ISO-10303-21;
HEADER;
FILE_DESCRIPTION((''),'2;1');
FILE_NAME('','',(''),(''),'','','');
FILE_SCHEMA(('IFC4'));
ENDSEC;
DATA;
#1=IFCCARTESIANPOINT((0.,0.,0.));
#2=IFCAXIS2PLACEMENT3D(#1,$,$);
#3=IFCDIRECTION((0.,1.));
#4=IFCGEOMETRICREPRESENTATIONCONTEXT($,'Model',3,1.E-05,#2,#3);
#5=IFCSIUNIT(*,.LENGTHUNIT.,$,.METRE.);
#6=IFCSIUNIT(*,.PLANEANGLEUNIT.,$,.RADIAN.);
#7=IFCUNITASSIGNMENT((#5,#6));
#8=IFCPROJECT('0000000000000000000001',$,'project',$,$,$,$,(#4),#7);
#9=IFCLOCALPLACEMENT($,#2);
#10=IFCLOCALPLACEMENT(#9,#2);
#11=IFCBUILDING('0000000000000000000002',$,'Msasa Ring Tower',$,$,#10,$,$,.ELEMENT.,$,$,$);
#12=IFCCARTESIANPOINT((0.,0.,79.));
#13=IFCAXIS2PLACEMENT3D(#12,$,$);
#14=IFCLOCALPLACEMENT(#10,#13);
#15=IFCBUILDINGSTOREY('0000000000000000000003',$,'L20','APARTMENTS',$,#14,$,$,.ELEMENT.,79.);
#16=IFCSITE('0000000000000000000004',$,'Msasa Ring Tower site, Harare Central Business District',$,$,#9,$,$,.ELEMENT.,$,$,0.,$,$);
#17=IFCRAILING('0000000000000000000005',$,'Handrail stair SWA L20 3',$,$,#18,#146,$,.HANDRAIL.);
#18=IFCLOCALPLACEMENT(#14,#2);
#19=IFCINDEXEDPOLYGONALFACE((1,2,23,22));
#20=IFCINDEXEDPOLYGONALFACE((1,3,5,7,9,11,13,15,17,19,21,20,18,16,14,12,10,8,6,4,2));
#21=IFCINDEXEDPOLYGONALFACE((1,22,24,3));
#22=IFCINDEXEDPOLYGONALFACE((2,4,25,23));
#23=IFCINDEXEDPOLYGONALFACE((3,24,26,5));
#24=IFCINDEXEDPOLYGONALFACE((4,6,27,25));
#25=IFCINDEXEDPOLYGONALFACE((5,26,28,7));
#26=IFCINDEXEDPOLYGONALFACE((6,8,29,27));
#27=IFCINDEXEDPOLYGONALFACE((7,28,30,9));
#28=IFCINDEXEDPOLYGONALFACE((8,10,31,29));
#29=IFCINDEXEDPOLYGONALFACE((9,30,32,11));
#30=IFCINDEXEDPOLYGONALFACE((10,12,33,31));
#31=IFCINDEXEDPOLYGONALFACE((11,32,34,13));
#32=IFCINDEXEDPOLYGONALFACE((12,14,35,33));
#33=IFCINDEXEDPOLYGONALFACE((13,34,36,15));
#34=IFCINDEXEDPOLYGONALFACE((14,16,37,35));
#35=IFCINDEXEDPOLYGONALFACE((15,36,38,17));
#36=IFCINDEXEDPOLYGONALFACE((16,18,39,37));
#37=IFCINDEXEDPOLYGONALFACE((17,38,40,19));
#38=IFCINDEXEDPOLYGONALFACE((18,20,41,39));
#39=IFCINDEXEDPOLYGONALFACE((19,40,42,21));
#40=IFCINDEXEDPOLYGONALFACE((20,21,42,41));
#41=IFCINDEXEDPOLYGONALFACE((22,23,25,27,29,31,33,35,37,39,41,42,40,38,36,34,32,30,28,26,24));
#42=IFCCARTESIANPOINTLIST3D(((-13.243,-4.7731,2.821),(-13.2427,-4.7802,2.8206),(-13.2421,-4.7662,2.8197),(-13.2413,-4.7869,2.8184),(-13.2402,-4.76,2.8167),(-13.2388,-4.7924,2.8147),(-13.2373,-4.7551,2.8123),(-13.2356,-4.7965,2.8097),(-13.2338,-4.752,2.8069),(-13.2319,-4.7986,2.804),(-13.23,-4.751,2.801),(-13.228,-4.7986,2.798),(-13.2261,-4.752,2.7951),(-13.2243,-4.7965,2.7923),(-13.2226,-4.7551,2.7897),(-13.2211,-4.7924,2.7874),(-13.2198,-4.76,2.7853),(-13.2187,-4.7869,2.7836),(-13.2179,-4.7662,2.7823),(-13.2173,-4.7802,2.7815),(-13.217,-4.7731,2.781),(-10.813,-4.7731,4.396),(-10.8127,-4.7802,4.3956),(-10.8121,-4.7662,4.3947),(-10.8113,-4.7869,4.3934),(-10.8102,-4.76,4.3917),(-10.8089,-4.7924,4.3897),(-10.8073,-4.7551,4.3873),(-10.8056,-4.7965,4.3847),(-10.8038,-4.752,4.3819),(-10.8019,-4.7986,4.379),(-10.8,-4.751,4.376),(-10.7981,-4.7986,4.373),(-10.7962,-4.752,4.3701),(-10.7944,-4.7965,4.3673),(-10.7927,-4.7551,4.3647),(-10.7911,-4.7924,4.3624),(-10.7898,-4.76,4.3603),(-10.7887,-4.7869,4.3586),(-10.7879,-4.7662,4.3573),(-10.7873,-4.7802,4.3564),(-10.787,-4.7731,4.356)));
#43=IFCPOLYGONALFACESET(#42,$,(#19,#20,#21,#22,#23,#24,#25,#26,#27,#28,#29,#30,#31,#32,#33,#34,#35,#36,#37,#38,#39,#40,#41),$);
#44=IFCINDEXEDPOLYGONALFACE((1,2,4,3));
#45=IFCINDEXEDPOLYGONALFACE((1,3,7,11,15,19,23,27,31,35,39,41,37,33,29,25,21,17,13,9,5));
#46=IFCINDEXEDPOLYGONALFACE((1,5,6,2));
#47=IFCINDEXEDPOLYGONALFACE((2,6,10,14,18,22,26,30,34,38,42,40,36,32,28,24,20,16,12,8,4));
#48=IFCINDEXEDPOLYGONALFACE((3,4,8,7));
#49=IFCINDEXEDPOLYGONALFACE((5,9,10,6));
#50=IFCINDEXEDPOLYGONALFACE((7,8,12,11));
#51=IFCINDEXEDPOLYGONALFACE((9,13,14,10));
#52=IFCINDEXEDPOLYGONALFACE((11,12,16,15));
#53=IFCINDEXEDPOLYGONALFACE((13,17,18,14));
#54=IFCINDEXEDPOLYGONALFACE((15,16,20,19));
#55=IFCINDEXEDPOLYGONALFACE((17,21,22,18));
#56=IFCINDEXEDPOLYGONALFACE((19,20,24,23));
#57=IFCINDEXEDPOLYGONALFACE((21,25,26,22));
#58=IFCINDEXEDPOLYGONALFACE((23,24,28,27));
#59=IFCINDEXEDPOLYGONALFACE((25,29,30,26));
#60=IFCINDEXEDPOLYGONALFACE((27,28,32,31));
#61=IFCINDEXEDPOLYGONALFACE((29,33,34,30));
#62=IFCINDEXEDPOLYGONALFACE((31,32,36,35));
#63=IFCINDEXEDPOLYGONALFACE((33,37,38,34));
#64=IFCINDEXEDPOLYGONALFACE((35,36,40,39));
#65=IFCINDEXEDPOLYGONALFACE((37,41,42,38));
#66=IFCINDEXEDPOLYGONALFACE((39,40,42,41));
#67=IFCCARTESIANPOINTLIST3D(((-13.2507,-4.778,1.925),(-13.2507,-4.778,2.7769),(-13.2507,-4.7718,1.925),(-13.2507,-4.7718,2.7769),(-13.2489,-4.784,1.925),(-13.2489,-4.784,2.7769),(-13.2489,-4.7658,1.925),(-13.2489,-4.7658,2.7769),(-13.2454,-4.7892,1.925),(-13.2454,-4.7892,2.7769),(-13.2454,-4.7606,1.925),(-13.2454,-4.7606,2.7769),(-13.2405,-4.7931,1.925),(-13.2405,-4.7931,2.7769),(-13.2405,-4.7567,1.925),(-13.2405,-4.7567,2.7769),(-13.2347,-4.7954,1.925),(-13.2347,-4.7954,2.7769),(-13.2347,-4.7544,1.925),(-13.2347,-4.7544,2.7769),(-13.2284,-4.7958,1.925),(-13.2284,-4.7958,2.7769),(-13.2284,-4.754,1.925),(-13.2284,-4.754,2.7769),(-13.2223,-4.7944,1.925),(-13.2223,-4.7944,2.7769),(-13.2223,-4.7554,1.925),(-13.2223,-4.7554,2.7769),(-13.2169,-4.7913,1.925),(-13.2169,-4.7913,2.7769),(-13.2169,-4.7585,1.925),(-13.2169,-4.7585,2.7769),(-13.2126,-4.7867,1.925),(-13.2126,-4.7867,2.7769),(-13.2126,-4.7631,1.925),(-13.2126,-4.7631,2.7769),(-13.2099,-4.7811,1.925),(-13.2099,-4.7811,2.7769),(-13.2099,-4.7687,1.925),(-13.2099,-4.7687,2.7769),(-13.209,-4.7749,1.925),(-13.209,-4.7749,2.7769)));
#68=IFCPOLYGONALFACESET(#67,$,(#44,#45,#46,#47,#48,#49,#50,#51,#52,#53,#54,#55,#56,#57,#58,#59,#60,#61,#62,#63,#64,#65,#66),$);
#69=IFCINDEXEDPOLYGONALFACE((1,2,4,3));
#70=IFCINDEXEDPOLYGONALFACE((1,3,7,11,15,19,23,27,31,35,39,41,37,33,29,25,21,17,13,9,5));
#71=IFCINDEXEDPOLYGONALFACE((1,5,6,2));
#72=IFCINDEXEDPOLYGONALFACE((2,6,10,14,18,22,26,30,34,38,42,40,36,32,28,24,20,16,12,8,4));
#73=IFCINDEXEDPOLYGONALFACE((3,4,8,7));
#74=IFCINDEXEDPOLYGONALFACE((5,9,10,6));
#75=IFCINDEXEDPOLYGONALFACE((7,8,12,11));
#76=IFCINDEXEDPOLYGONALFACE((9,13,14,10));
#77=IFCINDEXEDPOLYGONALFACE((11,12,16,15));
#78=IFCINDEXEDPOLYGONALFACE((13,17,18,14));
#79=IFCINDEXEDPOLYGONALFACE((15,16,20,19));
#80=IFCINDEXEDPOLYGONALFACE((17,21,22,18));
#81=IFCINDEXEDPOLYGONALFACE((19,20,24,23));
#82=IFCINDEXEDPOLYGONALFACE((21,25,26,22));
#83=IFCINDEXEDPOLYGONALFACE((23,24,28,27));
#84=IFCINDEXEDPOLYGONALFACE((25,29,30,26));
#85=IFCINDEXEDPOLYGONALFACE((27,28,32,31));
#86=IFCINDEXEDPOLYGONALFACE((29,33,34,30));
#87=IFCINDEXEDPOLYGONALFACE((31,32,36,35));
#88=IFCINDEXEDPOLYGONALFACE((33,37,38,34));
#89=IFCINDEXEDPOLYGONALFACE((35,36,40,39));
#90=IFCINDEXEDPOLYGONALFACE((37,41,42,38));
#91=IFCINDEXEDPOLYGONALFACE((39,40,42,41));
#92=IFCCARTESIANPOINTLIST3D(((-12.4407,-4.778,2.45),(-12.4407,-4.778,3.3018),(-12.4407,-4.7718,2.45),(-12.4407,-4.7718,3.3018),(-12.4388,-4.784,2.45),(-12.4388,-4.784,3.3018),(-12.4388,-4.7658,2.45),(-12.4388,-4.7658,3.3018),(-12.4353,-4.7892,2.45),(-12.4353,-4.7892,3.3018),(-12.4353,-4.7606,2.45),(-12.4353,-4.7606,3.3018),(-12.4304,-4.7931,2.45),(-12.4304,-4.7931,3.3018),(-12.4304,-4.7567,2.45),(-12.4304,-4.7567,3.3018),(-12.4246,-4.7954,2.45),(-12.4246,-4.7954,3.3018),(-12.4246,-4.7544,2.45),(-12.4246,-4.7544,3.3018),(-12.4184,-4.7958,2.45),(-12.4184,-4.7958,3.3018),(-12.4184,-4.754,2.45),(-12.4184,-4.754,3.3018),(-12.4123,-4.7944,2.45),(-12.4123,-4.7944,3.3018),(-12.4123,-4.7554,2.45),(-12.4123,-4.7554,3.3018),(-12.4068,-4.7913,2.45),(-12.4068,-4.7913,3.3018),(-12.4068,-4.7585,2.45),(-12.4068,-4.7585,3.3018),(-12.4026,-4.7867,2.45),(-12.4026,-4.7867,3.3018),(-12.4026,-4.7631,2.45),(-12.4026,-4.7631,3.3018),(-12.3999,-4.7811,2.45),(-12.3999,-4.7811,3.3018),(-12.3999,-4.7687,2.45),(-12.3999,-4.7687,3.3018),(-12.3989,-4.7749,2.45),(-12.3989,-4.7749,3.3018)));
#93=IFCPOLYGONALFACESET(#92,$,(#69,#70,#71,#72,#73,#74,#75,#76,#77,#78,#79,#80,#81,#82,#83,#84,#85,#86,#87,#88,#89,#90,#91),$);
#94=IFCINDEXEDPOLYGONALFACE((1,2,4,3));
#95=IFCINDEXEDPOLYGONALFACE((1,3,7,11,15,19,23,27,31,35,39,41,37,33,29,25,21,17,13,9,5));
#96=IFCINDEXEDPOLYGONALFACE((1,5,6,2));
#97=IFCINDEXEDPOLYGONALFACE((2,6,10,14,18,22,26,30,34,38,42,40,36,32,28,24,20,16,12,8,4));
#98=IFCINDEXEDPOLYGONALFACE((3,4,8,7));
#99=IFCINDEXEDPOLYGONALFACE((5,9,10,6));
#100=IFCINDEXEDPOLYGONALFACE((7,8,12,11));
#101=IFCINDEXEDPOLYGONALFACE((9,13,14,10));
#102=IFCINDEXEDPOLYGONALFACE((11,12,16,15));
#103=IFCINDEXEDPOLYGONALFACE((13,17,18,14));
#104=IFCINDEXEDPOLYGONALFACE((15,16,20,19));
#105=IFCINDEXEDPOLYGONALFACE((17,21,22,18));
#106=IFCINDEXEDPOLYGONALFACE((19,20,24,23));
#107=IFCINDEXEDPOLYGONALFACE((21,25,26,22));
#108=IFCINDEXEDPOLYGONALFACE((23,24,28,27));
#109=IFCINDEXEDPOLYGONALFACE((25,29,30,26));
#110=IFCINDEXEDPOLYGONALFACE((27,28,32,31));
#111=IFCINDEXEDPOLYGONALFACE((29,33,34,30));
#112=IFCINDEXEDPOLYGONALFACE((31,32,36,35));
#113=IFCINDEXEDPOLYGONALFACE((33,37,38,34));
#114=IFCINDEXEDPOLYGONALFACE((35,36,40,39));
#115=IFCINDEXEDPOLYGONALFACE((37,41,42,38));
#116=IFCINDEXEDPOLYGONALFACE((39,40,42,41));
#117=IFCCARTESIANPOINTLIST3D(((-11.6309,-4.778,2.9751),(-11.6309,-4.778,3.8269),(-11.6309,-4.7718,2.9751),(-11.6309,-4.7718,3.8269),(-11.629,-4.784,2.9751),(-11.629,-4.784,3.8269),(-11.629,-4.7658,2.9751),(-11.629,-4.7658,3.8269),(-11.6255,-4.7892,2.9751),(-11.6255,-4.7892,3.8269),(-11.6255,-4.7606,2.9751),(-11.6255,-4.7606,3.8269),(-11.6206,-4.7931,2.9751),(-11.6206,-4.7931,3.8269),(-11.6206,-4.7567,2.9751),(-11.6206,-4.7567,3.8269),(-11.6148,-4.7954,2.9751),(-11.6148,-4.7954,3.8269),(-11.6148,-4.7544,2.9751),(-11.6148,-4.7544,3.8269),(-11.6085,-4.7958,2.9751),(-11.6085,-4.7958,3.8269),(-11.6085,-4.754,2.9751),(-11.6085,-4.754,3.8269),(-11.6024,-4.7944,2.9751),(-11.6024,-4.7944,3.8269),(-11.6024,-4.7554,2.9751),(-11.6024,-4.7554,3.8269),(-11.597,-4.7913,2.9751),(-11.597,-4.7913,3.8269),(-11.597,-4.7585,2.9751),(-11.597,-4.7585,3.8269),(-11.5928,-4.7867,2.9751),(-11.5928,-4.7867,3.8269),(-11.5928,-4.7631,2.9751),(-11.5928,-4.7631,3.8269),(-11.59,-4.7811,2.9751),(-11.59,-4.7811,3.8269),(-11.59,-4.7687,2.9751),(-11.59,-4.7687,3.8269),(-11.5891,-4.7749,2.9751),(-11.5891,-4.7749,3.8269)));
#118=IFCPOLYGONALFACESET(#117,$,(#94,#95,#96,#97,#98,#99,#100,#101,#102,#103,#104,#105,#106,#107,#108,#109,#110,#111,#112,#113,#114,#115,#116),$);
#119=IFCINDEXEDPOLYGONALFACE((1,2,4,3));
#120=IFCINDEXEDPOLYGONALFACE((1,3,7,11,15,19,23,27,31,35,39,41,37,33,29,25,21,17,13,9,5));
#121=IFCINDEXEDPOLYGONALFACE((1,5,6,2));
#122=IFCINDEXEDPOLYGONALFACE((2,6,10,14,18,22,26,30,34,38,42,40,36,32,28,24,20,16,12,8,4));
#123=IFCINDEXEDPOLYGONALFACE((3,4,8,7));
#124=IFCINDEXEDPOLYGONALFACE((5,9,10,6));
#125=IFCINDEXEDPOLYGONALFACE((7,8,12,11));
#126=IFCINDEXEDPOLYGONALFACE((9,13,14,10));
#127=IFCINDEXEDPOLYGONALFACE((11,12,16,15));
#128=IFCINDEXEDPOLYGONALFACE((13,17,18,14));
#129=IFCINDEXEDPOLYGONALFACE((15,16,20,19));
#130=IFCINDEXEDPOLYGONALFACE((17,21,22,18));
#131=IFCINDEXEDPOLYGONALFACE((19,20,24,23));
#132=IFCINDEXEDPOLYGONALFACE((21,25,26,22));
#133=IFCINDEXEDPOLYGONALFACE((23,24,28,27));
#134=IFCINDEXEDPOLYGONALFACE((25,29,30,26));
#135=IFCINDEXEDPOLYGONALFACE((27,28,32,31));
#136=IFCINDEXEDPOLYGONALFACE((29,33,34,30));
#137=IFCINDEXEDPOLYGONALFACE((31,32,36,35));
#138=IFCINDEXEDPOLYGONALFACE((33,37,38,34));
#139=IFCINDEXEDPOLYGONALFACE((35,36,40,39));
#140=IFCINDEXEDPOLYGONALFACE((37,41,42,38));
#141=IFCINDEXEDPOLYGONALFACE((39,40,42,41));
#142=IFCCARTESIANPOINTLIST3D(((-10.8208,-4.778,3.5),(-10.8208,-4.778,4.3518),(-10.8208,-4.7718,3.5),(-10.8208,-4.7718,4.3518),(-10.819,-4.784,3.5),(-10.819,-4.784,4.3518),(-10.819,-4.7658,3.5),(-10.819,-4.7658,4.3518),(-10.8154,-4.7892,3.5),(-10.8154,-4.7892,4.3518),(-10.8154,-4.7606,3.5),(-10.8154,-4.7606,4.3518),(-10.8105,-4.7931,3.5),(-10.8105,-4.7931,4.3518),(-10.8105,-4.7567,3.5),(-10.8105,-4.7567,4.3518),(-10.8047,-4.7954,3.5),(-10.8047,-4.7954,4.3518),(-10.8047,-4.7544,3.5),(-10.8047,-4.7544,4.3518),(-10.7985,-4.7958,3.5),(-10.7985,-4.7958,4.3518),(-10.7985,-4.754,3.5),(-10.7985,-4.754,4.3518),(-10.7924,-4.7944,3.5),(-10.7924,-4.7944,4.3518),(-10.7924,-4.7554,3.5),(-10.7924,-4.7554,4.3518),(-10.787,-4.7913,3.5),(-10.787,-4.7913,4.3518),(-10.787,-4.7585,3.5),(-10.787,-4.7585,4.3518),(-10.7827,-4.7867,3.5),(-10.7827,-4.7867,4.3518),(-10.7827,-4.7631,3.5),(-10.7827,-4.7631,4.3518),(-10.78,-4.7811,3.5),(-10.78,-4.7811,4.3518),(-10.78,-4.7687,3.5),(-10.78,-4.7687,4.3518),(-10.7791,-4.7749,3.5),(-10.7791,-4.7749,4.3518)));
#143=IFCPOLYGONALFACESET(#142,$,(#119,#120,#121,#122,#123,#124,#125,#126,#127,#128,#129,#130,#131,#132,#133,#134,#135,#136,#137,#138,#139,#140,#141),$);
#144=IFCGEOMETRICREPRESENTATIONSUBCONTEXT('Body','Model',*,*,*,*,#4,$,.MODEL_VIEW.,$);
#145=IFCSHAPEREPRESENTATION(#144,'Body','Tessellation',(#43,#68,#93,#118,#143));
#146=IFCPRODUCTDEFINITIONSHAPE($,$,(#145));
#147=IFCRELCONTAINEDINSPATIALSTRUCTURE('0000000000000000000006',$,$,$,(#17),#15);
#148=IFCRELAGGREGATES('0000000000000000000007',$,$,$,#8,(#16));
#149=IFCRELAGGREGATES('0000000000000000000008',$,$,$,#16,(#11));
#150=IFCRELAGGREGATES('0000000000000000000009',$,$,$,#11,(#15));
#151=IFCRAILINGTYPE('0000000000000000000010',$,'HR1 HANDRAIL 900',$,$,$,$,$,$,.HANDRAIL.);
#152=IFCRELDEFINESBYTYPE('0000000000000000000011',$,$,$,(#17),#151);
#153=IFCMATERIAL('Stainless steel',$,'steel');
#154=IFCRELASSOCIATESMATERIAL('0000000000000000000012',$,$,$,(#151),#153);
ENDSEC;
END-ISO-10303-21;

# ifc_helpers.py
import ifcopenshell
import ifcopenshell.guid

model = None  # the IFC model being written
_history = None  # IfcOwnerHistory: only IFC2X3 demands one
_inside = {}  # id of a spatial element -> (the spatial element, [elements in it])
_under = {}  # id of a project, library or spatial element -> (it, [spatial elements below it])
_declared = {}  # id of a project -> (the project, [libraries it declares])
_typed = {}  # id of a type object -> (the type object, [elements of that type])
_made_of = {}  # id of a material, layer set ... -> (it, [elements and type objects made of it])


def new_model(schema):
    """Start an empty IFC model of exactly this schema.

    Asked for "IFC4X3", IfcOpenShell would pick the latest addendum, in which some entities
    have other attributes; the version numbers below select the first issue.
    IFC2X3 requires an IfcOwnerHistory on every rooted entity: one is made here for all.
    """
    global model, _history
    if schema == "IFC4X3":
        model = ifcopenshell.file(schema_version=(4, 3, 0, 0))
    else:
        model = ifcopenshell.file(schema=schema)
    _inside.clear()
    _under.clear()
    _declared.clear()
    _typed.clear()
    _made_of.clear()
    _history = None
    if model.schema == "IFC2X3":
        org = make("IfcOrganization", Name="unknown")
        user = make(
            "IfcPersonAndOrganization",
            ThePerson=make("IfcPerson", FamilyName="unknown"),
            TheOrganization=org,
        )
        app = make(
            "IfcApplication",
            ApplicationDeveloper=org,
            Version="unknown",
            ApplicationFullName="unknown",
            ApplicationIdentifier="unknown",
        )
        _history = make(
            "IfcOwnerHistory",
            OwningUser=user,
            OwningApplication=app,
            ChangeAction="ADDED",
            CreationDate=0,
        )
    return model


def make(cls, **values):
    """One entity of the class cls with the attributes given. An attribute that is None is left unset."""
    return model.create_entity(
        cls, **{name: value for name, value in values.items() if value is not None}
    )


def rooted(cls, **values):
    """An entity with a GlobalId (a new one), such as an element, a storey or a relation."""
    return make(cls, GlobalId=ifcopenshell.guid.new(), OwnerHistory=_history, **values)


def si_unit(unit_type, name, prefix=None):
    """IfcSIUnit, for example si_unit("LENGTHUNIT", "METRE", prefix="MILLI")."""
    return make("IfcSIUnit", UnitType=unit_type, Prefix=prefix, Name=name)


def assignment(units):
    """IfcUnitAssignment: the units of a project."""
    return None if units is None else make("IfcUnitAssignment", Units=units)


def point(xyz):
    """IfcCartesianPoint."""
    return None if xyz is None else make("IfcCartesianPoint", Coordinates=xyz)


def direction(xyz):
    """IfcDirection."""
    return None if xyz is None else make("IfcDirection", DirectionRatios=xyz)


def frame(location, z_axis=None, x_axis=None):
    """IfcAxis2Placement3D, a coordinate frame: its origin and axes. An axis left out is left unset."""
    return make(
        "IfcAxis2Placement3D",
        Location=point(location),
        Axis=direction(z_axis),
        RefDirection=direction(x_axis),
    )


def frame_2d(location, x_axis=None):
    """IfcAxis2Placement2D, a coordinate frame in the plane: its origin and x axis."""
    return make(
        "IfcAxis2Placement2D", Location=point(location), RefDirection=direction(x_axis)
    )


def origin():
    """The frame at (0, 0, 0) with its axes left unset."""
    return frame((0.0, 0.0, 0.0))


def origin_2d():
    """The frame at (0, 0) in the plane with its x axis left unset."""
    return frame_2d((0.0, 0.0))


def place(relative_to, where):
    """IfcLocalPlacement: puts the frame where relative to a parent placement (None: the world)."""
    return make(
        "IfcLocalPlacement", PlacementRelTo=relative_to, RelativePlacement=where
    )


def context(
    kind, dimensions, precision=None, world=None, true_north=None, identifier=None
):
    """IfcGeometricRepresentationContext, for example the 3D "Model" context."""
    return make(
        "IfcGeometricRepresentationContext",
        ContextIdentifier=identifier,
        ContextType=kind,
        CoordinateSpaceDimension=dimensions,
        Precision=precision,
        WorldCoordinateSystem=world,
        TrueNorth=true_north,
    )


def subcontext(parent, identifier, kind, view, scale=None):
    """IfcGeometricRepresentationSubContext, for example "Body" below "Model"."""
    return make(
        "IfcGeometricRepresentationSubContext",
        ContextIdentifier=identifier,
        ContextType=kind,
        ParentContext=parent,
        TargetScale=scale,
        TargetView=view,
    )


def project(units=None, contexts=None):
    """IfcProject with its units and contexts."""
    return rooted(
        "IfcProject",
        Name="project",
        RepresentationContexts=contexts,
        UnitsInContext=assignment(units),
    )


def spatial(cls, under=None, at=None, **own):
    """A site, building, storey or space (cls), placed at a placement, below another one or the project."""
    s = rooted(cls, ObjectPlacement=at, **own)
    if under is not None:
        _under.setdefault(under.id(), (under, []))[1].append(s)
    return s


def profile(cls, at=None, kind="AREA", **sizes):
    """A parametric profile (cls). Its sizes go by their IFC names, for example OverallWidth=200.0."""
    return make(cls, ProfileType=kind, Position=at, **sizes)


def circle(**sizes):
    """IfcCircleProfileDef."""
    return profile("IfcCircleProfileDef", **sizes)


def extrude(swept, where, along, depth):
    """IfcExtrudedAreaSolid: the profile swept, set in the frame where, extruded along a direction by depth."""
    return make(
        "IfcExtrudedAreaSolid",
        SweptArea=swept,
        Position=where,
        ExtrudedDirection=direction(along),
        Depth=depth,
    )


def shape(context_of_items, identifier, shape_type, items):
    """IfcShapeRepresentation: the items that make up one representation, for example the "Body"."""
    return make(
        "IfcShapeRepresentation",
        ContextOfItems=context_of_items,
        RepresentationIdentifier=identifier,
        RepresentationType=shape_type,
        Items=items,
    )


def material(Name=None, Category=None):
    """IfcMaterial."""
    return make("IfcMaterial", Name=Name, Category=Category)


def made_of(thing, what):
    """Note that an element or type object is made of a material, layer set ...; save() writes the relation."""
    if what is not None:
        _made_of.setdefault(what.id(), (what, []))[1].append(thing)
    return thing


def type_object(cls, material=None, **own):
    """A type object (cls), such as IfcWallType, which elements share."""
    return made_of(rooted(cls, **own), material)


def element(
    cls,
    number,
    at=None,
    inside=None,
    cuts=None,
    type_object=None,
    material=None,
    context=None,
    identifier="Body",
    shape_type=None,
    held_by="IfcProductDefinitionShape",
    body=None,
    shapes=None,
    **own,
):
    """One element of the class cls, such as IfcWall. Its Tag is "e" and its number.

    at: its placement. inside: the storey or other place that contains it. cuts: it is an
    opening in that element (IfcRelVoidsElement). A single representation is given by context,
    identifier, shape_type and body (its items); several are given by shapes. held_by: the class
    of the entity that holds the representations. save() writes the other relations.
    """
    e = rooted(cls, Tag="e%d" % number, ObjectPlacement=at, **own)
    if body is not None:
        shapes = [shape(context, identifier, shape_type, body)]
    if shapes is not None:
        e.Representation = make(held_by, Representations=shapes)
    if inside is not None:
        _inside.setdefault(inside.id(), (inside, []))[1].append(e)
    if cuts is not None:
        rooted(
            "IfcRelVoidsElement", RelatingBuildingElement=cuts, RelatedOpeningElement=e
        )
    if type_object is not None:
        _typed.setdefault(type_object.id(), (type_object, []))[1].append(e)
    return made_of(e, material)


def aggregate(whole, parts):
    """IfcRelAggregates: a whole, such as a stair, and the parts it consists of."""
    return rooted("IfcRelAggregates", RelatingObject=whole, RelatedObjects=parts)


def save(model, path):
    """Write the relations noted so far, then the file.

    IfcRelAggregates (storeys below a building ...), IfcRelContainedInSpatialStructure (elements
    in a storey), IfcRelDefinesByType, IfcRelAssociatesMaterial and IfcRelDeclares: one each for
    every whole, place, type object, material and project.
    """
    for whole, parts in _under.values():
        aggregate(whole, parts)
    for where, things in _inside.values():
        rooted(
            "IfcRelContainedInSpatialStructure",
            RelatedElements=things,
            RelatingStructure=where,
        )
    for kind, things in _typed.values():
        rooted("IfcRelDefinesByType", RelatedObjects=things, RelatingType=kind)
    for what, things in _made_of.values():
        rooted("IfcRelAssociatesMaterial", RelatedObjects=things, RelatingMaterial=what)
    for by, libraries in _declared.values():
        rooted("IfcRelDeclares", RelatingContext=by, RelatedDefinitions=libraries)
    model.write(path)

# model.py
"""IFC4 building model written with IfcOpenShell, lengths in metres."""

from ifc_helpers import new_model, si_unit, direction, frame, origin, origin_2d, place, context, subcontext, project, spatial, circle, extrude, material, type_object, element, save


model = new_model("IFC4")

# Units and contexts
model_context = context("Model", 3, precision=1e-05, world=origin(), true_north=direction((0.0, 1.0)))
body_context = subcontext(model_context, "Body", "Model", "MODEL_VIEW")
ifc_project = project(units=[si_unit("LENGTHUNIT", "METRE"), si_unit("PLANEANGLEUNIT", "RADIAN")], contexts=[model_context])

# Site, building, storey
site_placement = place(None, origin())
site = spatial("IfcSite", under=ifc_project, at=site_placement, Name="Msasa Ring Tower site, Harare Central Business District", CompositionType="ELEMENT", RefElevation=0.0)
building_placement = place(site_placement, origin())
building = spatial("IfcBuilding", under=site, at=building_placement, Name="Msasa Ring Tower", CompositionType="ELEMENT")
storey_placement = place(building_placement, frame((0.0, 0.0, 79.0)))
storey = spatial("IfcBuildingStorey", under=building, at=storey_placement, Name="L20", Description="APARTMENTS", CompositionType="ELEMENT", Elevation=79.0)

# Railing
ifc_material_1 = material(Name="Stainless steel", Category="steel")
railing_type = type_object("IfcRailingType", Name="HR1 HANDRAIL 900", PredefinedType="HANDRAIL", material=ifc_material_1)
for number, where, name in (
    (1, (-13.23, -4.7749, 1.925), "Handrail stair SWA L20 3"),
):
    element("IfcRailing", number, at=place(storey_placement, frame(where)), inside=storey, type_object=railing_type, Name=name, PredefinedType="HANDRAIL", context=body_context, shape_type="SweptSolid", body=[
        extrude(circle(Radius=0.0239, at=origin_2d()), frame((0.0, 0.0, 0.876), z_axis=(0.839154, 0.0, 0.543894), x_axis=(0.0, 1.0, 0.0)), (0.0, 0.0, 1.0), 2.8958),
        extrude(circle(Radius=0.021, at=origin_2d()), origin(), (0.0, 0.0, 1.0), 0.8518),
        extrude(circle(Radius=0.021, at=origin_2d()), frame((0.8101, 0.0, 0.5249)), (0.0, 0.0, 1.0), 0.8518),
        extrude(circle(Radius=0.021, at=origin_2d()), frame((1.6199, 0.0, 1.05)), (0.0, 0.0, 1.0), 0.8518),
        extrude(circle(Radius=0.021, at=origin_2d()), frame((2.4299, 0.0, 1.575)), (0.0, 0.0, 1.0), 0.8518),
    ])

save(model, "model.ifc")
